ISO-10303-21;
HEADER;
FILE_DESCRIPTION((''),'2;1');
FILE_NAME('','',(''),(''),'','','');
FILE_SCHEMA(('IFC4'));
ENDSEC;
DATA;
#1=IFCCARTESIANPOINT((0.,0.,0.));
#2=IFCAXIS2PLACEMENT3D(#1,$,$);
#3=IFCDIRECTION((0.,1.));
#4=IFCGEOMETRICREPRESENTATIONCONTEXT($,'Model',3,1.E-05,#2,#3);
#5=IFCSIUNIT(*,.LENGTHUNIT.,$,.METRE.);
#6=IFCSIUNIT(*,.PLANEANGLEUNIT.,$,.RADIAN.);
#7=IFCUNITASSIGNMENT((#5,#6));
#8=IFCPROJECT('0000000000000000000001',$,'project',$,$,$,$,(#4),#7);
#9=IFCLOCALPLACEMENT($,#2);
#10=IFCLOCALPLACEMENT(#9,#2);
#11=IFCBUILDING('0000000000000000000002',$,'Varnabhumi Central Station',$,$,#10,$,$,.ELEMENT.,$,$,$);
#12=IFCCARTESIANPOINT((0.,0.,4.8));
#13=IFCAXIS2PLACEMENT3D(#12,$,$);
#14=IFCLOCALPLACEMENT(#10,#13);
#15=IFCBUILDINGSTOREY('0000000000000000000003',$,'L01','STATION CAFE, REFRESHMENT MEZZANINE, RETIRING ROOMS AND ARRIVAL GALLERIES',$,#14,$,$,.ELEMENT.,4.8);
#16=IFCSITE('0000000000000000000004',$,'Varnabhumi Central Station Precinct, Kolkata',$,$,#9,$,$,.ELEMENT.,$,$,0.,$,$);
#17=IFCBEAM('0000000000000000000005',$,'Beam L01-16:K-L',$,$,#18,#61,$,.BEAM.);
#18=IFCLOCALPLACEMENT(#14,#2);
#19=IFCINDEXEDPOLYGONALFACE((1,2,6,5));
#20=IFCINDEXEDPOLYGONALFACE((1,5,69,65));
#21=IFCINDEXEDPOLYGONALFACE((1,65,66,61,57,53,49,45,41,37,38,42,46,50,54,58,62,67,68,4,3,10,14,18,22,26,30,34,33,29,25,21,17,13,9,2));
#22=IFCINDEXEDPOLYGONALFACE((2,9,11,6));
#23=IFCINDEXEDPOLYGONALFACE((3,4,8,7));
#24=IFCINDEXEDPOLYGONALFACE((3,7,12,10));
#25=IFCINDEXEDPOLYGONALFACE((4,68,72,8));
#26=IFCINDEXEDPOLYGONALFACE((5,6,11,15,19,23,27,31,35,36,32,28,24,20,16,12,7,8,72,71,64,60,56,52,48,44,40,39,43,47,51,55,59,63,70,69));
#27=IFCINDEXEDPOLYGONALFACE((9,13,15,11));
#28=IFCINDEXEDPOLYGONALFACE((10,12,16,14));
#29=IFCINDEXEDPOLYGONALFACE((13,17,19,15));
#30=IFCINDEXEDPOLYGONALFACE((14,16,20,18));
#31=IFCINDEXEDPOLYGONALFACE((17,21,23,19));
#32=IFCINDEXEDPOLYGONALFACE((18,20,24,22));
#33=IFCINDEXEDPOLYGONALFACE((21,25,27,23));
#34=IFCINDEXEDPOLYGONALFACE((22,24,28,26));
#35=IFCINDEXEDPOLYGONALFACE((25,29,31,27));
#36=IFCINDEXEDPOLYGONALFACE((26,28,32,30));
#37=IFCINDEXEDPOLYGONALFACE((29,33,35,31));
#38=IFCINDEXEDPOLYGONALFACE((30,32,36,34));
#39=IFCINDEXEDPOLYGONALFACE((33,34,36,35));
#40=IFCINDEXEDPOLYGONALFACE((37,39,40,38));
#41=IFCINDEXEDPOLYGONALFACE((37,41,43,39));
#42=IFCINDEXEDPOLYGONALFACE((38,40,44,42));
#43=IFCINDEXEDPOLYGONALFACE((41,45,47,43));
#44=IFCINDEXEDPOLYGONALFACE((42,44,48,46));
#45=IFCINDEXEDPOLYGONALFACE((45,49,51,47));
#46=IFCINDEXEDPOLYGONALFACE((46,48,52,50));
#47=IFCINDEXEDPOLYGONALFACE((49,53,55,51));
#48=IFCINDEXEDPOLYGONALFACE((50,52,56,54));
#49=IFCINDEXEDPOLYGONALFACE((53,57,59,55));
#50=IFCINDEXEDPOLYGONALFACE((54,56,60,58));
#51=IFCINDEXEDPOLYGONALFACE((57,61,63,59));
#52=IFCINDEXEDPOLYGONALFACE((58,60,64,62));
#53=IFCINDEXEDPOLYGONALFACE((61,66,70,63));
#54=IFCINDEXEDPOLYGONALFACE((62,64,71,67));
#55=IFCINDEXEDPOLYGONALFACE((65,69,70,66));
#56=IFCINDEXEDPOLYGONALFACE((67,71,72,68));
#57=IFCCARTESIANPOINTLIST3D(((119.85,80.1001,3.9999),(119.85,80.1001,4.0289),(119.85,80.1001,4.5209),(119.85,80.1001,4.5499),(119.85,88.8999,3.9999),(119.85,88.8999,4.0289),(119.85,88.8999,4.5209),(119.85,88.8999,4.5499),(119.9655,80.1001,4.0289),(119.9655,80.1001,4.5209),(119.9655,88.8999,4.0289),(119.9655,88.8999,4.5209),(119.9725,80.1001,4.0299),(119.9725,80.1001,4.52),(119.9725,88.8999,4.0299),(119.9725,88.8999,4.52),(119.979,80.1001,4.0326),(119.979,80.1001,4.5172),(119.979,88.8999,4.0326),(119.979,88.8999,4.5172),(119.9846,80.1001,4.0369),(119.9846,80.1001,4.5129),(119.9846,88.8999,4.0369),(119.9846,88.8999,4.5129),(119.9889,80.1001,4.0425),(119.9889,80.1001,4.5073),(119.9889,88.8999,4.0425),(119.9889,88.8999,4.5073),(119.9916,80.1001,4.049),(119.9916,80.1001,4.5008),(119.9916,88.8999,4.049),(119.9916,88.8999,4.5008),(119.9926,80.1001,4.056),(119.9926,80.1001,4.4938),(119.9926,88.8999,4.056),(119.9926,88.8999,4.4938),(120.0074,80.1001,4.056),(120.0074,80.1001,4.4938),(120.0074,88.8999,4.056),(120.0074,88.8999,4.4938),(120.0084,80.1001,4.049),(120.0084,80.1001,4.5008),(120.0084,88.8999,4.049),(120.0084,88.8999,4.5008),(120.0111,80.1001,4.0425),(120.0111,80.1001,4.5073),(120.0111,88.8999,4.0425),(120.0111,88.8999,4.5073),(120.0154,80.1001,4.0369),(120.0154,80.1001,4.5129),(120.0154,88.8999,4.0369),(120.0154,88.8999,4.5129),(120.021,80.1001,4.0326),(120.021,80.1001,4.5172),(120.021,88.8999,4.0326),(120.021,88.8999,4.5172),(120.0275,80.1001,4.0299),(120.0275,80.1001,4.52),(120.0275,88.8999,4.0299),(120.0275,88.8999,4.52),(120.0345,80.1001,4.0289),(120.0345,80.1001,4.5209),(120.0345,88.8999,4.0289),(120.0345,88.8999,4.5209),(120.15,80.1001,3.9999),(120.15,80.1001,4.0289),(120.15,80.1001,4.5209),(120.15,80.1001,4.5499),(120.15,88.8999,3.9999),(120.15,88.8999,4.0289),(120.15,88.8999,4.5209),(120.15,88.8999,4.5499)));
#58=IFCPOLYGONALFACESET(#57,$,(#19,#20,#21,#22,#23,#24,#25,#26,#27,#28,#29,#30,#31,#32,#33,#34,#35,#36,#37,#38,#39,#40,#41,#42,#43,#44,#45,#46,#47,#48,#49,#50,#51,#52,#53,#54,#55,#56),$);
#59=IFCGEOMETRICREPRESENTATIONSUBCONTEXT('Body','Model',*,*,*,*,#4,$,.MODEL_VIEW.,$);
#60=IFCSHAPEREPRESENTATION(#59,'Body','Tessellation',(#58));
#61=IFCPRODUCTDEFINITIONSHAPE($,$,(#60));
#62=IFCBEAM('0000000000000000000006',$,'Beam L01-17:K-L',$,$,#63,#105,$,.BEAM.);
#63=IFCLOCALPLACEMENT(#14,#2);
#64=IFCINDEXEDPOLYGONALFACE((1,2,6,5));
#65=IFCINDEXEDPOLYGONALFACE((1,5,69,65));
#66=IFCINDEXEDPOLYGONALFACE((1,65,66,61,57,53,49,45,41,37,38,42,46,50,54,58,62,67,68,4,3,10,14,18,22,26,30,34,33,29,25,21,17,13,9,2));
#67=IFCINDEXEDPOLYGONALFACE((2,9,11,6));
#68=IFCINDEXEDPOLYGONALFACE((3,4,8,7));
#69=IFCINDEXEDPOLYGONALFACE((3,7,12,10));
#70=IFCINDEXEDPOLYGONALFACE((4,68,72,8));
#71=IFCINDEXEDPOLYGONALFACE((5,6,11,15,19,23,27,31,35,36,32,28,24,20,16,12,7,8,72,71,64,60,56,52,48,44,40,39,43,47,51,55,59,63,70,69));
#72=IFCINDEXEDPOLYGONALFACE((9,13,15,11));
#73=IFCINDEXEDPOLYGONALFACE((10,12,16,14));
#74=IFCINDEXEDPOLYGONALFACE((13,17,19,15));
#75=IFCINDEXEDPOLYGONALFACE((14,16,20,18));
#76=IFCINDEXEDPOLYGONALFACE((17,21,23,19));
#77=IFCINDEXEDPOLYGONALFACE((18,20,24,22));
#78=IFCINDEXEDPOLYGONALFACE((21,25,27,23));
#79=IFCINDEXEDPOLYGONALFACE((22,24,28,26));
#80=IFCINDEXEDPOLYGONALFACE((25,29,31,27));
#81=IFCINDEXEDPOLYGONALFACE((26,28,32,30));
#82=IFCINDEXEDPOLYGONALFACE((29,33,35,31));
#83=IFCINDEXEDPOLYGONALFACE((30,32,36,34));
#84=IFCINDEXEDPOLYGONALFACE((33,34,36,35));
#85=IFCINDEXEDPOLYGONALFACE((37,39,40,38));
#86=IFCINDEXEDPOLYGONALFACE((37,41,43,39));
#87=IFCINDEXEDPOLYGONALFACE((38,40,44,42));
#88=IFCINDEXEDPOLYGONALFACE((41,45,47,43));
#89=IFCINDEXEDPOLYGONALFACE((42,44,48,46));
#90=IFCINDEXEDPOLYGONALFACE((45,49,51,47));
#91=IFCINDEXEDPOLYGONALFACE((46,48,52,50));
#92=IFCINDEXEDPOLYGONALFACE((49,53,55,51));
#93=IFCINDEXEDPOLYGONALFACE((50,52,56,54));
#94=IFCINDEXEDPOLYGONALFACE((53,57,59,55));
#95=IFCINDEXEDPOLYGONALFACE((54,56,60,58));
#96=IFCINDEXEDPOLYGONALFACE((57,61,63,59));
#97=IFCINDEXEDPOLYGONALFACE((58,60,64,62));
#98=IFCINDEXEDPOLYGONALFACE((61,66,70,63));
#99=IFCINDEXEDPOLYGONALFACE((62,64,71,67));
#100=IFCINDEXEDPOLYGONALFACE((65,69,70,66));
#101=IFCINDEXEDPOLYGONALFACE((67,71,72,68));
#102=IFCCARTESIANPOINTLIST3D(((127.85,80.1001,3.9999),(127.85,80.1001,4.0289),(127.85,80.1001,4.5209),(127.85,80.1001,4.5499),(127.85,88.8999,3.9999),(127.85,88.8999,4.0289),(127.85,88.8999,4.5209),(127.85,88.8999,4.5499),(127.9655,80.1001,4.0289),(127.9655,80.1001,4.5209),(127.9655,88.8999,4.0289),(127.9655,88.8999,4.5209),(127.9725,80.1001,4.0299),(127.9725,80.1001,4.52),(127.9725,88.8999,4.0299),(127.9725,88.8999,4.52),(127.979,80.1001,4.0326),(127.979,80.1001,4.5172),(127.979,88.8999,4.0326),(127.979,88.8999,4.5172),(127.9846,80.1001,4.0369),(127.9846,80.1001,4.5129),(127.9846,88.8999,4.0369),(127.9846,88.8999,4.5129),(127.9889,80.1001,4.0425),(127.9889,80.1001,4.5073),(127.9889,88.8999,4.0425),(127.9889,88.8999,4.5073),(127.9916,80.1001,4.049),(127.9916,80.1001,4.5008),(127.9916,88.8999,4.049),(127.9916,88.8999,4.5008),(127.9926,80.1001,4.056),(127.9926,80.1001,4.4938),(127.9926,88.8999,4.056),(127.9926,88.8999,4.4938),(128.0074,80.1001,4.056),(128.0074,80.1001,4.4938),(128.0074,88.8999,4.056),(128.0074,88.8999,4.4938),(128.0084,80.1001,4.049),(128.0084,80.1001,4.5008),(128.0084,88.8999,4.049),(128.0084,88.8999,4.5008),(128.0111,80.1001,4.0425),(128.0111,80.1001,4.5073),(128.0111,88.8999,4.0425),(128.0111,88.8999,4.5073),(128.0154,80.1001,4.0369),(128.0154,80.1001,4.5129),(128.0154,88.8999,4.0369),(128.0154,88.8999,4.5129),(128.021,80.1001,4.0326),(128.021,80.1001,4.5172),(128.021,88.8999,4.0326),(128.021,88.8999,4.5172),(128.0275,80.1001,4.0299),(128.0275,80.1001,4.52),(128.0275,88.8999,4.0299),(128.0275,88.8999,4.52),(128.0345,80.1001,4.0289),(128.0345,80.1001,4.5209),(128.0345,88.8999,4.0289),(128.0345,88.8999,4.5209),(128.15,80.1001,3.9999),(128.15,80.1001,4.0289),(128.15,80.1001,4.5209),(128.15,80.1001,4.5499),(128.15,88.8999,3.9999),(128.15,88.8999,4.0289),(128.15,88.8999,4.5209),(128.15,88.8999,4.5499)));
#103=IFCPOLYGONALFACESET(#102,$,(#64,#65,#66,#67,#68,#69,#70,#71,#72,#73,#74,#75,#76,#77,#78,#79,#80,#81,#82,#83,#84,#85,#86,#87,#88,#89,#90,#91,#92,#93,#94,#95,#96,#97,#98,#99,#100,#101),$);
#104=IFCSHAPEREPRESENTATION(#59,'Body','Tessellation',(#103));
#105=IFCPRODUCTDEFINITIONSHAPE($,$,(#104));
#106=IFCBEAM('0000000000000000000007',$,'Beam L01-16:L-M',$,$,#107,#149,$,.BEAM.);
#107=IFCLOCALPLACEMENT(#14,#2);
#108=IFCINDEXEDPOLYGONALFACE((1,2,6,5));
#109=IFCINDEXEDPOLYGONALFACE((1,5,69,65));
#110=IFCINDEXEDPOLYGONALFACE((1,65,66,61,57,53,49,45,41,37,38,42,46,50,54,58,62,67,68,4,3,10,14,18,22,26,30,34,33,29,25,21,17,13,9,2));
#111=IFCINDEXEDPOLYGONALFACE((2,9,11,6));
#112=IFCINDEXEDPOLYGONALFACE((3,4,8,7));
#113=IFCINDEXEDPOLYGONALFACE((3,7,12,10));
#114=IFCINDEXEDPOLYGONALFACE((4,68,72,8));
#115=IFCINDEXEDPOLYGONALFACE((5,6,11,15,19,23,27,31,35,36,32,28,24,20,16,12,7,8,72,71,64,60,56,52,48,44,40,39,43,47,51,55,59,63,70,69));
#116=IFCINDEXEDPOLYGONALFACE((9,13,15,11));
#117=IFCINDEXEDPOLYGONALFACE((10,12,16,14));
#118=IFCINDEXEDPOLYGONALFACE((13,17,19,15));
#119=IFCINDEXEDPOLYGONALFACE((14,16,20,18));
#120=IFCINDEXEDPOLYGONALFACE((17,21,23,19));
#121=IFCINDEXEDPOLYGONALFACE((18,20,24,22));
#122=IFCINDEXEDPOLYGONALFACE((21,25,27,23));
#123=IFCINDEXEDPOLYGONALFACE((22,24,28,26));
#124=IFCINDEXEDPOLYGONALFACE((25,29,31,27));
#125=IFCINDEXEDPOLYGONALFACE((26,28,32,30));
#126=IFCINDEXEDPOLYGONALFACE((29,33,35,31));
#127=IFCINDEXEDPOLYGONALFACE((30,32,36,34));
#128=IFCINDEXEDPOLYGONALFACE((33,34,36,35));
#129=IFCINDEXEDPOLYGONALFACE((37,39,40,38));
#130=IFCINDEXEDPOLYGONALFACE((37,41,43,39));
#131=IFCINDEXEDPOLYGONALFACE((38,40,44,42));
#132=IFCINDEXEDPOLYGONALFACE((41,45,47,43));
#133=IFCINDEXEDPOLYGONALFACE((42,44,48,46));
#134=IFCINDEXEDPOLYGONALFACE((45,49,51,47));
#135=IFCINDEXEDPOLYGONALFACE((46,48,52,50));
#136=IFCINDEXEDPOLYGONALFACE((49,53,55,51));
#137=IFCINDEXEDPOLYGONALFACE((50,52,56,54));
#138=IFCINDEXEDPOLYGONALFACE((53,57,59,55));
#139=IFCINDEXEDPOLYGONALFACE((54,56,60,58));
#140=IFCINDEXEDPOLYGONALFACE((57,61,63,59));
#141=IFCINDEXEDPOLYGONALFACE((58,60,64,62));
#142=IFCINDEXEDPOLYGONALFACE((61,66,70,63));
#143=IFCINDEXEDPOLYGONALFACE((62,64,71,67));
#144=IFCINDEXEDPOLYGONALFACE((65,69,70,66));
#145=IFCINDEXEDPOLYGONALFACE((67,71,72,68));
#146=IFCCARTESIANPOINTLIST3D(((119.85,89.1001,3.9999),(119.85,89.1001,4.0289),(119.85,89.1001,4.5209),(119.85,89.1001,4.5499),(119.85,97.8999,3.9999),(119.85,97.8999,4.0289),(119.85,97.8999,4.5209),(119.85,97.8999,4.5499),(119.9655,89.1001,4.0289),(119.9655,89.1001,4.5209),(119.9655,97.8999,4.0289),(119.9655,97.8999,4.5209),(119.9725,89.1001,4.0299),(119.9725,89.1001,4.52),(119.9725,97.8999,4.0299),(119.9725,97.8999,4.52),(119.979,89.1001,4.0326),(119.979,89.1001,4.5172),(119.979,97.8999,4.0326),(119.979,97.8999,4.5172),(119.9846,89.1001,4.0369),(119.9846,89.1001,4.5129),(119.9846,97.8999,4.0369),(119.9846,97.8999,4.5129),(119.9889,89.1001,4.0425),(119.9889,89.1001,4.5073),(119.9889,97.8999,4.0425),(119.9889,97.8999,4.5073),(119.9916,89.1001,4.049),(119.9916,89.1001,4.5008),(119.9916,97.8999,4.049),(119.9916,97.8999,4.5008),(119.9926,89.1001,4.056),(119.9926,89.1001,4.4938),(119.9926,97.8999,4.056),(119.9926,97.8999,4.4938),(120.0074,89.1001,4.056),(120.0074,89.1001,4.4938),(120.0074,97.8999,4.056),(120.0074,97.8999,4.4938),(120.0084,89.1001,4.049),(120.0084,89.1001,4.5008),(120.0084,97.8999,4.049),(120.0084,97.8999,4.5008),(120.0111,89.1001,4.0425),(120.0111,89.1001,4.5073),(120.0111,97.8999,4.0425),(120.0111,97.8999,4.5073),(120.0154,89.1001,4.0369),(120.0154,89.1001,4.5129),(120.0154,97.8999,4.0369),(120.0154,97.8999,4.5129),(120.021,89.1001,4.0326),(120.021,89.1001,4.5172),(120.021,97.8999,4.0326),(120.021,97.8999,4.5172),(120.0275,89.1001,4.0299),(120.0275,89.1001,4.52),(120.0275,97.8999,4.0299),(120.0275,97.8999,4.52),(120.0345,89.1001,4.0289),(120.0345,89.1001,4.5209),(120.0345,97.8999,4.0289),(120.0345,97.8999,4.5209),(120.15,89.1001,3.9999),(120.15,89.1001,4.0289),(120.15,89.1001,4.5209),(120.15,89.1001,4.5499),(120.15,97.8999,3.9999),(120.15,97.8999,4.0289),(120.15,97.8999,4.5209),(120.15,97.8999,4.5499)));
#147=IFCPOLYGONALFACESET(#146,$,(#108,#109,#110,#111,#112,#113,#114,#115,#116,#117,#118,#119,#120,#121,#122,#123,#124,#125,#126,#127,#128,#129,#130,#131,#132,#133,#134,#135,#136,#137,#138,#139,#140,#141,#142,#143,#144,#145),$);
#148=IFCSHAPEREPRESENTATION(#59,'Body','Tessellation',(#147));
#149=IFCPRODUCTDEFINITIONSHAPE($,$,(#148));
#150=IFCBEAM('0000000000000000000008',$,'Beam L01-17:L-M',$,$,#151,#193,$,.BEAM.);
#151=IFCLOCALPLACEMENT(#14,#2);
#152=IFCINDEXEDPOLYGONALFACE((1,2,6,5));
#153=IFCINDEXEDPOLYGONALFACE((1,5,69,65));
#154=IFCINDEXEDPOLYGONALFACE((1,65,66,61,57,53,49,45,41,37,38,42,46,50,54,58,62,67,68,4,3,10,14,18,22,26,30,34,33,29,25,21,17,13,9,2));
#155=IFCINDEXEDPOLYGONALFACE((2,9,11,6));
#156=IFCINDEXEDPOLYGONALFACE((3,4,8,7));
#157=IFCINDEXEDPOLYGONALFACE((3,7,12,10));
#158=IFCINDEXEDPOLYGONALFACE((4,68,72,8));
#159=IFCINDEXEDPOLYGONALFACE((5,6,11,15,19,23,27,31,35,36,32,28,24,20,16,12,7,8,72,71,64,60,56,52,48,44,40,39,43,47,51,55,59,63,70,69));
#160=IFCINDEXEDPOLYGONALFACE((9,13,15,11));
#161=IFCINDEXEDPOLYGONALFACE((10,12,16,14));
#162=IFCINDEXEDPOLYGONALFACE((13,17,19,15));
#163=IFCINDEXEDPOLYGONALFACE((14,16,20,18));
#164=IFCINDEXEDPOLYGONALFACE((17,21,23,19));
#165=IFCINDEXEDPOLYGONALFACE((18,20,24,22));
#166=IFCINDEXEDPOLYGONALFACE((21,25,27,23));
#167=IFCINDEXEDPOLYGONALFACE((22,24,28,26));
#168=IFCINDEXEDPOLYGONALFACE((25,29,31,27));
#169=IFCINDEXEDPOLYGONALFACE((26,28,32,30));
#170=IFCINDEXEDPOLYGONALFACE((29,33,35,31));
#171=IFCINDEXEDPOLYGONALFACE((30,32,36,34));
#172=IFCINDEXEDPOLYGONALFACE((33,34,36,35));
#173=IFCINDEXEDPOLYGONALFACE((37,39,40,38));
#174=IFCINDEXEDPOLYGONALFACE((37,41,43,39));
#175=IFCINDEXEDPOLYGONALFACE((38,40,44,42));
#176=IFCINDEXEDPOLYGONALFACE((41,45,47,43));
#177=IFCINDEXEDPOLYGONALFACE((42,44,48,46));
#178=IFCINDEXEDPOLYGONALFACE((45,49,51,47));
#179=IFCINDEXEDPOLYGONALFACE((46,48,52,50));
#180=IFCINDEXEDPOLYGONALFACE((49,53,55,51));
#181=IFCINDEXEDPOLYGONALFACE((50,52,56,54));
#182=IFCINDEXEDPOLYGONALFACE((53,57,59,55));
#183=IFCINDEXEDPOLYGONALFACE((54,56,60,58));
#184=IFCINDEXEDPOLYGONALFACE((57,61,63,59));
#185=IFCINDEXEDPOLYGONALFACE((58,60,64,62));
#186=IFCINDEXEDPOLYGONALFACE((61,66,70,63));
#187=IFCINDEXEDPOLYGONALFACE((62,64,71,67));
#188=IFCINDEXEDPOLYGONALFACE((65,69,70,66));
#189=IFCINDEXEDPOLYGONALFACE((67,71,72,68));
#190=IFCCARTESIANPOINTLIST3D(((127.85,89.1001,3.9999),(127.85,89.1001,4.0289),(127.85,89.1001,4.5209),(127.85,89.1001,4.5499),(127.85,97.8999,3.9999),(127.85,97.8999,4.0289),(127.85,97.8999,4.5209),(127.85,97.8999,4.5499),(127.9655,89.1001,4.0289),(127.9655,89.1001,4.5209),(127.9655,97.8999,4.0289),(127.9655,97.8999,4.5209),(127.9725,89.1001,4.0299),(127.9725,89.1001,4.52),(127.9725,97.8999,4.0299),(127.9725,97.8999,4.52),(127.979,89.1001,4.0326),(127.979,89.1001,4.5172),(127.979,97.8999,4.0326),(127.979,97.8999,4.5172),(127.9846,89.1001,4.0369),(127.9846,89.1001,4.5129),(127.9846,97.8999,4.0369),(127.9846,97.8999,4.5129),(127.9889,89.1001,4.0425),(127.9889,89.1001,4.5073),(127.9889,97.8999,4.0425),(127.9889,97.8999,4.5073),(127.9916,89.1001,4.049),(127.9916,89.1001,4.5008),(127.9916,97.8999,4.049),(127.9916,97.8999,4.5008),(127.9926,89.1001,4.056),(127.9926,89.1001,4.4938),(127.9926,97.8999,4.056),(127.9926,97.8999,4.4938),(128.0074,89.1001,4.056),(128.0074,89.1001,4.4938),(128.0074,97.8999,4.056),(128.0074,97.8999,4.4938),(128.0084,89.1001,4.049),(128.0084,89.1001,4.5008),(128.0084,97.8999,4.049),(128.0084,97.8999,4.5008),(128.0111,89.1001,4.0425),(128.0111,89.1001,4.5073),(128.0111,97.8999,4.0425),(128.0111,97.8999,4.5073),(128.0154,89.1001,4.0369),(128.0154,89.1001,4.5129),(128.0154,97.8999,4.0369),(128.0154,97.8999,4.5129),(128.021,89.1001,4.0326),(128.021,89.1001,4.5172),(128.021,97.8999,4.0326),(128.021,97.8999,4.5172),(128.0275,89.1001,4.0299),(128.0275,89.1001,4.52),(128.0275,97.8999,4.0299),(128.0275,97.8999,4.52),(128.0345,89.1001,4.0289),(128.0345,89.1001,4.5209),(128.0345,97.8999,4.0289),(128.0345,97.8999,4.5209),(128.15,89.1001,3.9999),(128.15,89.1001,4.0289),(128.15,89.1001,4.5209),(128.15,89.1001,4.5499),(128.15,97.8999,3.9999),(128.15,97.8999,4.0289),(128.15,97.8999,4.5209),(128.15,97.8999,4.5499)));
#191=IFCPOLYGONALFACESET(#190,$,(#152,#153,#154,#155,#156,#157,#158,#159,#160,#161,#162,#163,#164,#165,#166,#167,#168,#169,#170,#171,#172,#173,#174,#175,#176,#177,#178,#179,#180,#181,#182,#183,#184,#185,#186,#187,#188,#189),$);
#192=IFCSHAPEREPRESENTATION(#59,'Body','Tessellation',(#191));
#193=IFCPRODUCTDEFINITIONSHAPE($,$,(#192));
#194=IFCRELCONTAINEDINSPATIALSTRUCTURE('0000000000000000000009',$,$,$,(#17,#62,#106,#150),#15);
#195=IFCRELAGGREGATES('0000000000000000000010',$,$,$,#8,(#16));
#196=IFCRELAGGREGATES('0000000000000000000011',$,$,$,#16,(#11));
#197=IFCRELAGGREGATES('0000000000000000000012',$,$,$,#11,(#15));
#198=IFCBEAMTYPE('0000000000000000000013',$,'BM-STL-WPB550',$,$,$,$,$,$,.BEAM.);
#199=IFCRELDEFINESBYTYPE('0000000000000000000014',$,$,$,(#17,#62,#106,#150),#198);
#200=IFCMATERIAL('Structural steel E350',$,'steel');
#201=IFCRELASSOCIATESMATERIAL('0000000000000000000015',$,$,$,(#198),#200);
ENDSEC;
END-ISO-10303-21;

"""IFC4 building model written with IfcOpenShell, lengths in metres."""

from ifc_helpers import new_model, si_unit, direction, frame, origin, origin_2d, place, context, subcontext, project, spatial, i_section, extrude, material, material_profile, profile_set, type_object, element, save


model = new_model("IFC4")

# Units and contexts
model_context = context("Model", 3, precision=1e-05, world=origin(), true_north=direction((0.0, 1.0)))
body_context = subcontext(model_context, "Body", "Model", "MODEL_VIEW")
ifc_project = project(units=[si_unit("LENGTHUNIT", "METRE"), si_unit("PLANEANGLEUNIT", "RADIAN")], contexts=[model_context])

# Site, building, storey
site_placement = place(None, origin())
site = spatial("IfcSite", under=ifc_project, at=site_placement, Name="Varnabhumi Central Station Precinct, Kolkata", CompositionType="ELEMENT", RefElevation=0.0)
building_placement = place(site_placement, origin())
building = spatial("IfcBuilding", under=site, at=building_placement, Name="Varnabhumi Central Station", CompositionType="ELEMENT")
storey_placement = place(building_placement, frame((0.0, 0.0, 4.8)))
storey = spatial("IfcBuildingStorey", under=building, at=storey_placement, Name="L01", Description="STATION CAFE, REFRESHMENT MEZZANINE, RETIRING ROOMS AND ARRIVAL GALLERIES", CompositionType="ELEMENT", Elevation=4.8)

# Beams
ifc_material_1 = material(Name="Structural steel E350", Category="steel")
ifc_material_profile_1 = material_profile(ifc_material_1, i_section(OverallWidth=0.3, OverallDepth=0.55, WebThickness=0.0149, FlangeThickness=0.0291, FilletRadius=0.0271, at=origin_2d()), Name="Structural steel E350", Category="steel")
ifc_profile_set_1 = profile_set([ifc_material_profile_1], Name="Structural steel E350")
beam_type_1 = type_object("IfcBeamType", Name="BM-STL-WPB550", PredefinedType="BEAM", material=ifc_profile_set_1)
for number, where, z_axis, x_axis, name in (
    (1, (120.0, 80.1001, 4.2749), (0.0, 1.0, 0.0), (-1.0, 0.0, 0.0), "Beam L01-16:K-L"),
    (2, (128.0, 80.1001, 4.2749), (0.0, 1.0, 0.0), (-1.0, 0.0, 0.0), "Beam L01-17:K-L"),
    (3, (120.0, 89.1001, 4.2749), (0.0, 1.0, 0.0), (-1.0, 0.0, 0.0), "Beam L01-16:L-M"),
    (4, (128.0, 89.1001, 4.2749), (0.0, 1.0, 0.0), (-1.0, 0.0, 0.0), "Beam L01-17:L-M"),
):
    element("IfcBeam", number, at=place(storey_placement, frame(where, z_axis=z_axis, x_axis=x_axis)), inside=storey, type_object=beam_type_1, Name=name, PredefinedType="BEAM", context=body_context, shape_type="SweptSolid", body=[
        extrude(i_section(OverallWidth=0.3, OverallDepth=0.55, WebThickness=0.0149, FlangeThickness=0.0291, FilletRadius=0.0271, at=origin_2d()), origin(), (0.0, 0.0, 1.0), 8.7998),
    ])

save(model, "model.ifc")
